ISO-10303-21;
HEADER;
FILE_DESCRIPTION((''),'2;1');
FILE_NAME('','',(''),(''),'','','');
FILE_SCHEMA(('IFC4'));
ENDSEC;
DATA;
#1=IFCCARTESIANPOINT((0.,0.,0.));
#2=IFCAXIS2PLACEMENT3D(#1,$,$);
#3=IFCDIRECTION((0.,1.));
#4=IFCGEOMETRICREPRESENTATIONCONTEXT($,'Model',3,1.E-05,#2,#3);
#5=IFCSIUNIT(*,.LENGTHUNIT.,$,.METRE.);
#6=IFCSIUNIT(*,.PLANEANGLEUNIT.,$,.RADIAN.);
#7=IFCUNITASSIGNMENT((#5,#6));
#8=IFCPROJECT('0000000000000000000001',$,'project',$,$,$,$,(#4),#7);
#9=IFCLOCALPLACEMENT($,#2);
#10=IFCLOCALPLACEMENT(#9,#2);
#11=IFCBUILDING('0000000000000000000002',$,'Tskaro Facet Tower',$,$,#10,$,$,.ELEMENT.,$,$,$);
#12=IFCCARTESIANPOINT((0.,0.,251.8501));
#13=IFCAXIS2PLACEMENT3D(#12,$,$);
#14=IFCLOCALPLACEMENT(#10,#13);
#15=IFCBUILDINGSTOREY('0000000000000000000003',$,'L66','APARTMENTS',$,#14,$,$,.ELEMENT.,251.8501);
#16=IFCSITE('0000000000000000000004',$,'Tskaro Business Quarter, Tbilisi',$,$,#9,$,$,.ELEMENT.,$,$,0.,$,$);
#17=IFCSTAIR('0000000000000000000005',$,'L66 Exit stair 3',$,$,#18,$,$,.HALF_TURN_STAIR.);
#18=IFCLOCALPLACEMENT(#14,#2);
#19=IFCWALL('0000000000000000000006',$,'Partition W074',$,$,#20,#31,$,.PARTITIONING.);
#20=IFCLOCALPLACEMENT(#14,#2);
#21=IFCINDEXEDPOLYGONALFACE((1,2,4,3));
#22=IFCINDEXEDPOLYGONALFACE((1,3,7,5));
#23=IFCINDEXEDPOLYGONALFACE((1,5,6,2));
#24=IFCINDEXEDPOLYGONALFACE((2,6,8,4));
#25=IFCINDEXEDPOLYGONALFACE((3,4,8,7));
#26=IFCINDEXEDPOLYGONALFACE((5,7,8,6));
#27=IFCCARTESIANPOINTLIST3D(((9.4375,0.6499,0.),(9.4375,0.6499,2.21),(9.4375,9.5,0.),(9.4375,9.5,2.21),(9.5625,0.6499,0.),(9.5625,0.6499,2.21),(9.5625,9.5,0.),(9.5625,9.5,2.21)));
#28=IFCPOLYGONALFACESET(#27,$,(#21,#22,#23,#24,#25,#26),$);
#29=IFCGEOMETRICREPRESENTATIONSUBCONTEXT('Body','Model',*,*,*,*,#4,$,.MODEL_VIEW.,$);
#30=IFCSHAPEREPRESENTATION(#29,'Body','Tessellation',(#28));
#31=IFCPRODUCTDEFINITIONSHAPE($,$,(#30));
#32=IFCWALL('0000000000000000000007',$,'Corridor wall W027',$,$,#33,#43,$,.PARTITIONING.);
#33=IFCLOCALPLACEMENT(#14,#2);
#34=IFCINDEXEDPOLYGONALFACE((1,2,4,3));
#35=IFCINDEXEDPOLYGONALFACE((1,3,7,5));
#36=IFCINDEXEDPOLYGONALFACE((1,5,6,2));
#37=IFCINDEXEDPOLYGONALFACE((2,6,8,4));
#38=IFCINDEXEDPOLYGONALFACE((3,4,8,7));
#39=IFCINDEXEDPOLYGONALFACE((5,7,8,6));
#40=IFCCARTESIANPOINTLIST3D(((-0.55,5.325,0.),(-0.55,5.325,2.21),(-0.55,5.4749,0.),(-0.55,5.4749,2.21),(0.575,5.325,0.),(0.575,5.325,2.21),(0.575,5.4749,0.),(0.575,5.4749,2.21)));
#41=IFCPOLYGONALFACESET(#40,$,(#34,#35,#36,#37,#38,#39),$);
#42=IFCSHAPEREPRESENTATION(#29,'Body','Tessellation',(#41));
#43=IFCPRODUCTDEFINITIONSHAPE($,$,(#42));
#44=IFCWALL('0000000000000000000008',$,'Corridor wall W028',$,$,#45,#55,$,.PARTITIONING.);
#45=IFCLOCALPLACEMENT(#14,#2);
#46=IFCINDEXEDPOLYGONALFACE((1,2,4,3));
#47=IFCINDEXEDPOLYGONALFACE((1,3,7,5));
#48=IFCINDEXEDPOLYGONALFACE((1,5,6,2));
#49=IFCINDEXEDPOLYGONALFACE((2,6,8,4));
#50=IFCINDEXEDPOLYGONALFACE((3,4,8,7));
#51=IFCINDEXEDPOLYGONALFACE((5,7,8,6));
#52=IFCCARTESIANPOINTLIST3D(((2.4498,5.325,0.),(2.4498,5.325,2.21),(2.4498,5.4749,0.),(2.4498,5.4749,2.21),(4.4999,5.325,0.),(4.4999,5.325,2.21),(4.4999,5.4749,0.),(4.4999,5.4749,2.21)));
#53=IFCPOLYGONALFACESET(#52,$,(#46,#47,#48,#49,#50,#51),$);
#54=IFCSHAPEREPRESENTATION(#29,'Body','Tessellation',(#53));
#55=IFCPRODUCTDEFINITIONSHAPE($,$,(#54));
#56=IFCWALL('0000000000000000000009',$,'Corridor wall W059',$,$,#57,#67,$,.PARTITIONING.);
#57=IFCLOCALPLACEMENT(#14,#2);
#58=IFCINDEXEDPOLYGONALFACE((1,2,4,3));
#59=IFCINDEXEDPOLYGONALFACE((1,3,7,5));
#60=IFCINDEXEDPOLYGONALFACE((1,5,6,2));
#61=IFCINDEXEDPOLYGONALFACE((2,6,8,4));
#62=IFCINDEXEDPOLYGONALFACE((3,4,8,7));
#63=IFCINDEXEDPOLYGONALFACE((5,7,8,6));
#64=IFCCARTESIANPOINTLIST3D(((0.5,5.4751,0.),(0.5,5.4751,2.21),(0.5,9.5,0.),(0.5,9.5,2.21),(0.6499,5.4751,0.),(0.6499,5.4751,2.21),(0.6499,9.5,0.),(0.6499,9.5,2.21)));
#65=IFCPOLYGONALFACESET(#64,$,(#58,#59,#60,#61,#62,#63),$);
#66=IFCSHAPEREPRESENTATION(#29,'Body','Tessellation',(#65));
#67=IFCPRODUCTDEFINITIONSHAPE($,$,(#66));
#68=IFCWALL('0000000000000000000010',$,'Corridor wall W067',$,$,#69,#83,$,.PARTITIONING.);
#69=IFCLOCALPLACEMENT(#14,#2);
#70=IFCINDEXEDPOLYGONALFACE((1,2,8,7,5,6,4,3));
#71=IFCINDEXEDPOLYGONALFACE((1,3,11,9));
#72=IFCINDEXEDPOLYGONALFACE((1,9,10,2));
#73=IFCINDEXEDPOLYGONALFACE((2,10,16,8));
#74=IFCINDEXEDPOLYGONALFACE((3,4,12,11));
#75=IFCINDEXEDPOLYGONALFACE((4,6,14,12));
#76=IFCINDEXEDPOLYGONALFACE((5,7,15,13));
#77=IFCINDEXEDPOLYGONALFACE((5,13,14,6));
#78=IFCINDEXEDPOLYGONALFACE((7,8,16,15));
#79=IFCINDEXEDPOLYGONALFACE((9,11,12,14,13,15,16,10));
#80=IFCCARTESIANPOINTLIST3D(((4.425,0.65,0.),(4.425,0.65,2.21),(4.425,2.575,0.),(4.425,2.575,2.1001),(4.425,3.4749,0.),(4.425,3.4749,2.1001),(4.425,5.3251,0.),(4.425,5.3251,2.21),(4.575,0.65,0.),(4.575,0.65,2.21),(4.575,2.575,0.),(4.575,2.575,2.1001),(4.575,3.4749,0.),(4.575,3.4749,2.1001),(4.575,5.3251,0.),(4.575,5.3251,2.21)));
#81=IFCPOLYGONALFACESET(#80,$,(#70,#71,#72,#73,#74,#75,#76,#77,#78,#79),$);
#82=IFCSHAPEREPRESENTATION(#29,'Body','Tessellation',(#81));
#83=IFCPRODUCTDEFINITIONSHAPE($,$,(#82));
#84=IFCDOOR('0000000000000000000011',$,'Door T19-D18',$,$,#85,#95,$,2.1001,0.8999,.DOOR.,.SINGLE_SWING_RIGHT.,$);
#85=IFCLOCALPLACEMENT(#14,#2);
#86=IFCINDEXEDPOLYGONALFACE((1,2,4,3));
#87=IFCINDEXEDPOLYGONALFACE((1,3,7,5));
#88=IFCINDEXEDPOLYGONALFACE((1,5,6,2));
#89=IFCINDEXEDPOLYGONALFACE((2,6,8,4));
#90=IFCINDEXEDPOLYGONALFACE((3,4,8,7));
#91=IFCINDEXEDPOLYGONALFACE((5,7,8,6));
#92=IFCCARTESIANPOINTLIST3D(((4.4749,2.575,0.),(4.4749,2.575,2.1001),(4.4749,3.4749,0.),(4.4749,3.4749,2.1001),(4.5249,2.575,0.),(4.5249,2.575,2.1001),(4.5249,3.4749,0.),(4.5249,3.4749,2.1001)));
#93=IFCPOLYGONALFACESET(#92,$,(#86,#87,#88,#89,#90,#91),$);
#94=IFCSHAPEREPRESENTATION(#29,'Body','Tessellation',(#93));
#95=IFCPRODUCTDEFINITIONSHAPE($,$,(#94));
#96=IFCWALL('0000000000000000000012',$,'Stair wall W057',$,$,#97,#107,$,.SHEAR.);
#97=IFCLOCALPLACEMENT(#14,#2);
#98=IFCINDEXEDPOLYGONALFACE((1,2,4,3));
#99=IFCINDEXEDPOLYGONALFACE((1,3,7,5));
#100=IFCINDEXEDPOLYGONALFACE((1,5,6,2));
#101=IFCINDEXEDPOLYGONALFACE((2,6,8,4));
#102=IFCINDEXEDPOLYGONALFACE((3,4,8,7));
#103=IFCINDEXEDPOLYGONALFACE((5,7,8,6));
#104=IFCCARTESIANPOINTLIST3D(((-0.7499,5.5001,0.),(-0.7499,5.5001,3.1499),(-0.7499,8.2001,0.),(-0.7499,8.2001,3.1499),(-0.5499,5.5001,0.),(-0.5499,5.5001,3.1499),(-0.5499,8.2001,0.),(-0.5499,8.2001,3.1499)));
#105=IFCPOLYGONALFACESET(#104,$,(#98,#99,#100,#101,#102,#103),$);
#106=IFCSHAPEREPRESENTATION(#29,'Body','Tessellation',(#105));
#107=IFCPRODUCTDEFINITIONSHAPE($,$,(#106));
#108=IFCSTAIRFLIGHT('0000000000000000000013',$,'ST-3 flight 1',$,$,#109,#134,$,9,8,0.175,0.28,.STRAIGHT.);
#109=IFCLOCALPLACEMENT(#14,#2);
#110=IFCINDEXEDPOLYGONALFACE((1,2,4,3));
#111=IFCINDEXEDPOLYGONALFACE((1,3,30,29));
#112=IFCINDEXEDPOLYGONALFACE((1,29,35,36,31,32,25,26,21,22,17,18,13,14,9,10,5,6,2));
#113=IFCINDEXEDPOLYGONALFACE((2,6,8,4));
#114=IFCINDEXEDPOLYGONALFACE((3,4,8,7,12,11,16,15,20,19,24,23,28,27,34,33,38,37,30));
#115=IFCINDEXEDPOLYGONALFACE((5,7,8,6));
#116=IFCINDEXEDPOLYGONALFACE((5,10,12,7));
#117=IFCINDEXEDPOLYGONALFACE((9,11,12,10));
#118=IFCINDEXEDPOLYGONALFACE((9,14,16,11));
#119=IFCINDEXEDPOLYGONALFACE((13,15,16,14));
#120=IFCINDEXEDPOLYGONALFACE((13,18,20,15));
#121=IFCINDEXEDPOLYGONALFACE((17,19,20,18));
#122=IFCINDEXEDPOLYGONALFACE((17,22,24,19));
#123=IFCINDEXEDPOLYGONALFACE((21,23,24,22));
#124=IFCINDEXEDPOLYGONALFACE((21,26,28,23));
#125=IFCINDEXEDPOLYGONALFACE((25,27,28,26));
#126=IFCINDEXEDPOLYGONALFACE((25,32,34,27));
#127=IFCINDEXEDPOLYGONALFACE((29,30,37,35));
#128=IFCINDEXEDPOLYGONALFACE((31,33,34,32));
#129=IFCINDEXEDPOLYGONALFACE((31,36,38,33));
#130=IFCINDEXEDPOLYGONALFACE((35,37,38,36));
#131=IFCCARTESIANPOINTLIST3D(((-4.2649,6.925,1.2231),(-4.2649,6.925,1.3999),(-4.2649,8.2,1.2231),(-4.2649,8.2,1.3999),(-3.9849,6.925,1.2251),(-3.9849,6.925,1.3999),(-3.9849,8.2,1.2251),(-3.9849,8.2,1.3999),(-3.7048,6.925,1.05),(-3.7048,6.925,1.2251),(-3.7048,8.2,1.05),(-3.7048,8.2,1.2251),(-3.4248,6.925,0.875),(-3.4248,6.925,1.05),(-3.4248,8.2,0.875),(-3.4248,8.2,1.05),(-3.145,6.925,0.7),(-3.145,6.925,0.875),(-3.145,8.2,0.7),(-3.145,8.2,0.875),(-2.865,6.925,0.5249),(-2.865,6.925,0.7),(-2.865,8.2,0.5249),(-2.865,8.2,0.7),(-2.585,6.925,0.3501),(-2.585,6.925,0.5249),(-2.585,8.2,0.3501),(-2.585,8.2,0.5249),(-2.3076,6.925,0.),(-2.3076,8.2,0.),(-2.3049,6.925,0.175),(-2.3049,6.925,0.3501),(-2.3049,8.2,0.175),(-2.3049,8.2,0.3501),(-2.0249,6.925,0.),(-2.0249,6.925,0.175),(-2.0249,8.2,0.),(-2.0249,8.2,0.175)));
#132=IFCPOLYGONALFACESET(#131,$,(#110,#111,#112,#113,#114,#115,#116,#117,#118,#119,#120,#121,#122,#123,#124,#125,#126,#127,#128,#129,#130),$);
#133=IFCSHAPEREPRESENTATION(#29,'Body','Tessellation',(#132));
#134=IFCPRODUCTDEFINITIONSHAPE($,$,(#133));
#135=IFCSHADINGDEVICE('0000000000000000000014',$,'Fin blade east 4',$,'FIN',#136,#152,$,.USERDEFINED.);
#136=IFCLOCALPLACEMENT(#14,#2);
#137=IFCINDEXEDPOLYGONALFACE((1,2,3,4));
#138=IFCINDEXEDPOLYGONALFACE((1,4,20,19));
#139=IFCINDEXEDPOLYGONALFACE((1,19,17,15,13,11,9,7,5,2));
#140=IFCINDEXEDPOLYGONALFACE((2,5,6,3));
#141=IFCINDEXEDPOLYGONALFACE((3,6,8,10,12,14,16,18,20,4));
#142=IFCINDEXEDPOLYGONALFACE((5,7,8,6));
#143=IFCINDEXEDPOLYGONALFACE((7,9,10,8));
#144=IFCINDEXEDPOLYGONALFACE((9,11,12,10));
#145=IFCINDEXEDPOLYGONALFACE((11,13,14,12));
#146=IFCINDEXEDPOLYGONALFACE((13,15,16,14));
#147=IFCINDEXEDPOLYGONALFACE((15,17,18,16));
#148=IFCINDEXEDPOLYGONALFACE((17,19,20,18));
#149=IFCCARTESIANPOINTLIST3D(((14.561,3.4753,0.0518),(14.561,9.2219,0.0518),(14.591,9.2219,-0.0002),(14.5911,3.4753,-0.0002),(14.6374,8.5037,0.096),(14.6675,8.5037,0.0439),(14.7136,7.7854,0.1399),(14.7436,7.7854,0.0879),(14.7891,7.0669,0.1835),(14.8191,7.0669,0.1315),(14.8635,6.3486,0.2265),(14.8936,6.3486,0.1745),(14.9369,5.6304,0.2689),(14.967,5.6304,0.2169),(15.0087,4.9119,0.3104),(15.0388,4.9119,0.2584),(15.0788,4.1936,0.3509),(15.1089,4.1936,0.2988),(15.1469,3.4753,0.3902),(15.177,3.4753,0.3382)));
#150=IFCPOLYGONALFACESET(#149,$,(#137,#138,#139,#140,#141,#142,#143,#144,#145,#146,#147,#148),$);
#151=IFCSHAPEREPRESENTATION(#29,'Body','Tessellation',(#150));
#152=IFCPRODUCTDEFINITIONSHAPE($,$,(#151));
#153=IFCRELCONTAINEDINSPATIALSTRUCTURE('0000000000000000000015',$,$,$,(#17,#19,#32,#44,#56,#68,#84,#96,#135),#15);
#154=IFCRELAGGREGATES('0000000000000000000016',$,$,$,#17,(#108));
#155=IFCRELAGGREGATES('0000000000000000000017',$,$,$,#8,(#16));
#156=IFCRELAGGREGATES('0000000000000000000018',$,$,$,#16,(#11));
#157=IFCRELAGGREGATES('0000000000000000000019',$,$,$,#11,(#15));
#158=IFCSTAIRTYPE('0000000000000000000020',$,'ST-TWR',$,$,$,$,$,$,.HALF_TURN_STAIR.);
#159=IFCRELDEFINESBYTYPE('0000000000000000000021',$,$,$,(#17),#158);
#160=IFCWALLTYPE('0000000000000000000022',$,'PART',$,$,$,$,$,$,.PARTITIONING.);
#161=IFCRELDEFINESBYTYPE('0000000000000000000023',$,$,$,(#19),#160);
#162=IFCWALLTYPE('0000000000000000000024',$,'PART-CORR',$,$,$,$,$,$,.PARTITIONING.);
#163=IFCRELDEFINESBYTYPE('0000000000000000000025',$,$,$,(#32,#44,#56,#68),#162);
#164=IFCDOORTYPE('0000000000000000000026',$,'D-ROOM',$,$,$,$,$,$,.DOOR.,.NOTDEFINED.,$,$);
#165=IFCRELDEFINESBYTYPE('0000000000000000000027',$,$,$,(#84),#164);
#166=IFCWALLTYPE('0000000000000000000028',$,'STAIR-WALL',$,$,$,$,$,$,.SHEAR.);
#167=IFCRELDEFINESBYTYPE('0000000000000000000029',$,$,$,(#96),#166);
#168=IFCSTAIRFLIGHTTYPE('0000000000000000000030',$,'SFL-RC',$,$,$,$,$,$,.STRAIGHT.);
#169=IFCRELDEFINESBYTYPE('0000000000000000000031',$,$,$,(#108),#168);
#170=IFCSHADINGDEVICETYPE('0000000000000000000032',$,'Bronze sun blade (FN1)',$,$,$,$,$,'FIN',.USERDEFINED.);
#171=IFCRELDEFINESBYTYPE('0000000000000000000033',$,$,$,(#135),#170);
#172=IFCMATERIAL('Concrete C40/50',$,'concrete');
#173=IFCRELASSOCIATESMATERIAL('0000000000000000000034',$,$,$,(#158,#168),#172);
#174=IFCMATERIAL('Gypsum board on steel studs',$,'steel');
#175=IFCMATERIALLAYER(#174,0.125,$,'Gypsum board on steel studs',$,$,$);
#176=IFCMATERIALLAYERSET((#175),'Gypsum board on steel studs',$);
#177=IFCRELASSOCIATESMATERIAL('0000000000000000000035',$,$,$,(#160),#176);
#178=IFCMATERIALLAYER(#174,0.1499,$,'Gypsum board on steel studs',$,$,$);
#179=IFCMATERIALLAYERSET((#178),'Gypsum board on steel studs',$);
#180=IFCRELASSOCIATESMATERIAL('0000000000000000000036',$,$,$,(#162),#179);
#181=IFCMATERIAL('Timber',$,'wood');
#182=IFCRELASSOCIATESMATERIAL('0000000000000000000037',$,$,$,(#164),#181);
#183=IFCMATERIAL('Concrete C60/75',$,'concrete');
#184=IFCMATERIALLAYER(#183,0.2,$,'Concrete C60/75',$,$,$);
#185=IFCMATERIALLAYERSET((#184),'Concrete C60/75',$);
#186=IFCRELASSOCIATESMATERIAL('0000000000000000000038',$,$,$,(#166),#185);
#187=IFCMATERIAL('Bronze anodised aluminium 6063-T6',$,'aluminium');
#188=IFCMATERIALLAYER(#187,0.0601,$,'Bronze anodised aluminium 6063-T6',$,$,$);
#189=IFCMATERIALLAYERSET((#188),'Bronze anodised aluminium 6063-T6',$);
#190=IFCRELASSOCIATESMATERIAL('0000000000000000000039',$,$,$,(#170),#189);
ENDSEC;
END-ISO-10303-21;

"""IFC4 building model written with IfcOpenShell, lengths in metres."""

from ifc_helpers import new_model, si_unit, direction, frame, frame_2d, origin, place, context, subcontext, project, spatial, polyline, rectangle, outline, extrude, material, layer, layer_set, type_object, element, fill, aggregate, save


model = new_model("IFC4")

# Units and contexts
model_context = context("Model", 3, precision=1e-05, world=origin(), true_north=direction((0.0, 1.0)))
body_context = subcontext(model_context, "Body", "Model", "MODEL_VIEW")
ifc_project = project(units=[si_unit("LENGTHUNIT", "METRE"), si_unit("PLANEANGLEUNIT", "RADIAN")], contexts=[model_context])

# Site, building, storey
site_placement = place(None, origin())
site = spatial("IfcSite", under=ifc_project, at=site_placement, Name="Tskaro Business Quarter, Tbilisi", CompositionType="ELEMENT", RefElevation=0.0)
building_placement = place(site_placement, origin())
building = spatial("IfcBuilding", under=site, at=building_placement, Name="Tskaro Facet Tower", CompositionType="ELEMENT")
storey_placement = place(building_placement, frame((0.0, 0.0, 251.8501)))
storey = spatial("IfcBuildingStorey", under=building, at=storey_placement, Name="L66", Description="APARTMENTS", CompositionType="ELEMENT", Elevation=251.8501)

# Shared definitions
ifc_material_1 = material(Name="Bronze anodised aluminium 6063-T6", Category="aluminium")

# Stair
ifc_material_2 = material(Name="Concrete C40/50", Category="concrete")
stair_type = type_object("IfcStairType", Name="ST-TWR", PredefinedType="HALF_TURN_STAIR", material=ifc_material_2)
stair_1_placement = place(storey_placement, origin())
stair_1 = element("IfcStair", 1, at=stair_1_placement, inside=storey, type_object=stair_type, Name="L66 Exit stair 3", PredefinedType="HALF_TURN_STAIR")

# Shared definitions
ifc_material_3 = material(Name="Concrete C60/75", Category="concrete")

# Walls
ifc_material_4 = material(Name="Gypsum board on steel studs", Category="steel")
ifc_layer_1 = layer(ifc_material_4, 0.125, Name="Gypsum board on steel studs")
ifc_layer_set_1 = layer_set([ifc_layer_1], Name="Gypsum board on steel studs")
wall_type_1 = type_object("IfcWallType", Name="PART", PredefinedType="PARTITIONING", material=ifc_layer_set_1)
wall_1_placement = place(storey_placement, frame((9.5, 0.6499, 0.0), z_axis=(0.0, 0.0, 1.0), x_axis=(0.0, 1.0, 0.0)))
element("IfcWall", 2, at=wall_1_placement, inside=storey, type_object=wall_type_1, Name="Partition W074", PredefinedType="PARTITIONING", context=body_context, shape_type="SweptSolid", body=[
    extrude(rectangle(XDim=8.8501, YDim=0.125, at=frame_2d((4.425, 0.0))), origin(), (0.0, 0.0, 1.0), 2.21),
])
ifc_layer_2 = layer(ifc_material_4, 0.1499, Name="Gypsum board on steel studs")
ifc_layer_set_2 = layer_set([ifc_layer_2], Name="Gypsum board on steel studs")
wall_type_2 = type_object("IfcWallType", Name="PART-CORR", PredefinedType="PARTITIONING", material=ifc_layer_set_2)
wall_2_placement = place(storey_placement, frame((-0.55, 5.3999, 0.0), z_axis=(0.0, 0.0, 1.0), x_axis=(1.0, 0.0, 0.0)))
element("IfcWall", 3, at=wall_2_placement, inside=storey, type_object=wall_type_2, Name="Corridor wall W027", PredefinedType="PARTITIONING", context=body_context, shape_type="SweptSolid", body=[
    extrude(rectangle(XDim=1.125, YDim=0.1499, at=frame_2d((0.5625, 0.0))), origin(), (0.0, 0.0, 1.0), 2.21),
])
wall_3_placement = place(storey_placement, frame((2.45, 5.3999, 0.0), z_axis=(0.0, 0.0, 1.0), x_axis=(1.0, 0.0, 0.0)))
element("IfcWall", 4, at=wall_3_placement, inside=storey, type_object=wall_type_2, Name="Corridor wall W028", PredefinedType="PARTITIONING", context=body_context, shape_type="SweptSolid", body=[
    extrude(rectangle(XDim=2.05, YDim=0.1499, at=frame_2d((1.0249, 0.0))), origin(), (0.0, 0.0, 1.0), 2.21),
])
wall_4_placement = place(storey_placement, frame((0.575, 5.4751, 0.0), z_axis=(0.0, 0.0, 1.0), x_axis=(0.0, 1.0, 0.0)))
element("IfcWall", 5, at=wall_4_placement, inside=storey, type_object=wall_type_2, Name="Corridor wall W059", PredefinedType="PARTITIONING", context=body_context, shape_type="SweptSolid", body=[
    extrude(rectangle(XDim=4.0249, YDim=0.1499, at=frame_2d((2.0125, 0.0))), origin(), (0.0, 0.0, 1.0), 2.21),
])

# Wall, opening, door
wall_5_placement = place(storey_placement, frame((4.5, 5.325, 0.0), z_axis=(0.0, 0.0, 1.0), x_axis=(0.0, -1.0, 0.0)))
wall_5 = element("IfcWall", 6, at=wall_5_placement, inside=storey, type_object=wall_type_2, Name="Corridor wall W067", PredefinedType="PARTITIONING", context=body_context, shape_type="SweptSolid", body=[
    extrude(rectangle(XDim=4.675, YDim=0.1499, at=frame_2d((2.3374, 0.0))), origin(), (0.0, 0.0, 1.0), 2.21),
])
opening_placement = place(wall_5_placement, frame((1.8501, 0.0, 0.0)))
opening = element("IfcOpeningElement", 7, at=opening_placement, cuts=wall_5, PredefinedType="OPENING", context=body_context, shape_type="SweptSolid", body=[
    extrude(rectangle(XDim=0.8999, YDim=2.1001, at=frame_2d((0.45, 1.05))), frame((0.0, 0.085, 0.0), z_axis=(0.0, -1.0, 0.0), x_axis=(1.0, 0.0, 0.0)), (0.0, 0.0, 1.0), 0.1699),
])
ifc_material_5 = material(Name="Timber", Category="wood")
door_type = type_object("IfcDoorType", Name="D-ROOM", OperationType="NOTDEFINED", PredefinedType="DOOR", material=ifc_material_5)
door_placement = place(opening_placement, origin())
door = element("IfcDoor", 8, at=door_placement, inside=storey, type_object=door_type, Name="Door T19-D18", OperationType="SINGLE_SWING_RIGHT", OverallHeight=2.1001, OverallWidth=0.8999, PredefinedType="DOOR", context=body_context, shape_type="SweptSolid", body=[
    extrude(rectangle(XDim=0.8999, YDim=2.1001, at=frame_2d((0.45, 1.05))), frame((0.0, 0.0249, 0.0), z_axis=(0.0, -1.0, 0.0), x_axis=(1.0, 0.0, 0.0)), (0.0, 0.0, 1.0), 0.05),
])
fill(opening, door)

# Wall
ifc_layer_3 = layer(ifc_material_3, 0.2, Name="Concrete C60/75")
ifc_layer_set_3 = layer_set([ifc_layer_3], Name="Concrete C60/75")
wall_type_3 = type_object("IfcWallType", Name="STAIR-WALL", PredefinedType="SHEAR", material=ifc_layer_set_3)
wall_6_placement = place(storey_placement, frame((-0.6499, 5.5, 0.0), z_axis=(0.0, 0.0, 1.0), x_axis=(0.0, 1.0, 0.0)))
element("IfcWall", 9, at=wall_6_placement, inside=storey, type_object=wall_type_3, Name="Stair wall W057", PredefinedType="SHEAR", context=body_context, shape_type="SweptSolid", body=[
    extrude(rectangle(XDim=2.7, YDim=0.2, at=frame_2d((1.3501, 0.0))), origin(), (0.0, 0.0, 1.0), 3.1499),
])

# Stair flight
stair_flight_type = type_object("IfcStairFlightType", Name="SFL-RC", PredefinedType="STRAIGHT", material=ifc_material_2)
stair_flight_placement = place(storey_placement, frame((-2.0249, 7.5625, 0.0), z_axis=(0.0, 0.0, 1.0), x_axis=(-1.0, 0.0, 0.0)))
stair_flight = element("IfcStairFlight", 10, at=stair_flight_placement, type_object=stair_flight_type, Name="ST-3 flight 1", NumberOfRisers=9, NumberOfTreads=8, PredefinedType="STRAIGHT", RiserHeight=0.175, TreadLength=0.28, context=body_context, shape_type="SweptSolid", body=[
    extrude(outline(polyline([(0.0, 0.0), (0.0, 0.175), (0.28, 0.175), (0.28, 0.3501), (0.5601, 0.3501), (0.5601, 0.5249), (0.8401, 0.5249), (0.8401, 0.7), (1.1201, 0.7), (1.1201, 0.875), (1.3999, 0.875), (1.3999, 1.05), (1.6799, 1.05), (1.6799, 1.2251), (1.96, 1.2251), (1.96, 1.3999), (2.24, 1.3999), (2.24, 1.575), (2.24, 1.2231), (0.2827, 0.0), (0.0, 0.0)])), frame((0.0, 0.6375, 0.0), z_axis=(0.0, -1.0, 0.0), x_axis=(1.0, 0.0, 0.0)), (0.0, 0.0, 1.0), 1.2749),
])
aggregate(stair_1, [stair_flight])

# Shading device
ifc_layer_4 = layer(ifc_material_1, 0.0601, Name="Bronze anodised aluminium 6063-T6")
ifc_layer_set_4 = layer_set([ifc_layer_4], Name="Bronze anodised aluminium 6063-T6")
shading_device_type = type_object("IfcShadingDeviceType", Name="Bronze sun blade (FN1)", ElementType="FIN", PredefinedType="USERDEFINED", material=ifc_layer_set_4)
shading_device_placement = place(storey_placement, frame((14.561, 3.4753, 0.0518), z_axis=(-0.500166, -0.00001, 0.86593), x_axis=(-0.000005, 1.0, 0.000008)))
element("IfcShadingDevice", 11, at=shading_device_placement, inside=storey, type_object=shading_device_type, Name="Fin blade east 4", ObjectType="FIN", PredefinedType="USERDEFINED", context=body_context, shape_type="SweptSolid", body=[
    extrude(outline(polyline([(0.0, 0.0), (5.7466, 0.0), (5.0283, -0.0883), (4.3101, -0.1762), (3.5916, -0.2634), (2.8733, -0.3494), (2.155, -0.4341), (1.4365, -0.517), (0.7183, -0.598), (0.0, -0.6766), (0.0, 0.0)])), origin(), (0.0, 0.0, -1.0), 0.0601),
])

save(model, "model.ifc")
